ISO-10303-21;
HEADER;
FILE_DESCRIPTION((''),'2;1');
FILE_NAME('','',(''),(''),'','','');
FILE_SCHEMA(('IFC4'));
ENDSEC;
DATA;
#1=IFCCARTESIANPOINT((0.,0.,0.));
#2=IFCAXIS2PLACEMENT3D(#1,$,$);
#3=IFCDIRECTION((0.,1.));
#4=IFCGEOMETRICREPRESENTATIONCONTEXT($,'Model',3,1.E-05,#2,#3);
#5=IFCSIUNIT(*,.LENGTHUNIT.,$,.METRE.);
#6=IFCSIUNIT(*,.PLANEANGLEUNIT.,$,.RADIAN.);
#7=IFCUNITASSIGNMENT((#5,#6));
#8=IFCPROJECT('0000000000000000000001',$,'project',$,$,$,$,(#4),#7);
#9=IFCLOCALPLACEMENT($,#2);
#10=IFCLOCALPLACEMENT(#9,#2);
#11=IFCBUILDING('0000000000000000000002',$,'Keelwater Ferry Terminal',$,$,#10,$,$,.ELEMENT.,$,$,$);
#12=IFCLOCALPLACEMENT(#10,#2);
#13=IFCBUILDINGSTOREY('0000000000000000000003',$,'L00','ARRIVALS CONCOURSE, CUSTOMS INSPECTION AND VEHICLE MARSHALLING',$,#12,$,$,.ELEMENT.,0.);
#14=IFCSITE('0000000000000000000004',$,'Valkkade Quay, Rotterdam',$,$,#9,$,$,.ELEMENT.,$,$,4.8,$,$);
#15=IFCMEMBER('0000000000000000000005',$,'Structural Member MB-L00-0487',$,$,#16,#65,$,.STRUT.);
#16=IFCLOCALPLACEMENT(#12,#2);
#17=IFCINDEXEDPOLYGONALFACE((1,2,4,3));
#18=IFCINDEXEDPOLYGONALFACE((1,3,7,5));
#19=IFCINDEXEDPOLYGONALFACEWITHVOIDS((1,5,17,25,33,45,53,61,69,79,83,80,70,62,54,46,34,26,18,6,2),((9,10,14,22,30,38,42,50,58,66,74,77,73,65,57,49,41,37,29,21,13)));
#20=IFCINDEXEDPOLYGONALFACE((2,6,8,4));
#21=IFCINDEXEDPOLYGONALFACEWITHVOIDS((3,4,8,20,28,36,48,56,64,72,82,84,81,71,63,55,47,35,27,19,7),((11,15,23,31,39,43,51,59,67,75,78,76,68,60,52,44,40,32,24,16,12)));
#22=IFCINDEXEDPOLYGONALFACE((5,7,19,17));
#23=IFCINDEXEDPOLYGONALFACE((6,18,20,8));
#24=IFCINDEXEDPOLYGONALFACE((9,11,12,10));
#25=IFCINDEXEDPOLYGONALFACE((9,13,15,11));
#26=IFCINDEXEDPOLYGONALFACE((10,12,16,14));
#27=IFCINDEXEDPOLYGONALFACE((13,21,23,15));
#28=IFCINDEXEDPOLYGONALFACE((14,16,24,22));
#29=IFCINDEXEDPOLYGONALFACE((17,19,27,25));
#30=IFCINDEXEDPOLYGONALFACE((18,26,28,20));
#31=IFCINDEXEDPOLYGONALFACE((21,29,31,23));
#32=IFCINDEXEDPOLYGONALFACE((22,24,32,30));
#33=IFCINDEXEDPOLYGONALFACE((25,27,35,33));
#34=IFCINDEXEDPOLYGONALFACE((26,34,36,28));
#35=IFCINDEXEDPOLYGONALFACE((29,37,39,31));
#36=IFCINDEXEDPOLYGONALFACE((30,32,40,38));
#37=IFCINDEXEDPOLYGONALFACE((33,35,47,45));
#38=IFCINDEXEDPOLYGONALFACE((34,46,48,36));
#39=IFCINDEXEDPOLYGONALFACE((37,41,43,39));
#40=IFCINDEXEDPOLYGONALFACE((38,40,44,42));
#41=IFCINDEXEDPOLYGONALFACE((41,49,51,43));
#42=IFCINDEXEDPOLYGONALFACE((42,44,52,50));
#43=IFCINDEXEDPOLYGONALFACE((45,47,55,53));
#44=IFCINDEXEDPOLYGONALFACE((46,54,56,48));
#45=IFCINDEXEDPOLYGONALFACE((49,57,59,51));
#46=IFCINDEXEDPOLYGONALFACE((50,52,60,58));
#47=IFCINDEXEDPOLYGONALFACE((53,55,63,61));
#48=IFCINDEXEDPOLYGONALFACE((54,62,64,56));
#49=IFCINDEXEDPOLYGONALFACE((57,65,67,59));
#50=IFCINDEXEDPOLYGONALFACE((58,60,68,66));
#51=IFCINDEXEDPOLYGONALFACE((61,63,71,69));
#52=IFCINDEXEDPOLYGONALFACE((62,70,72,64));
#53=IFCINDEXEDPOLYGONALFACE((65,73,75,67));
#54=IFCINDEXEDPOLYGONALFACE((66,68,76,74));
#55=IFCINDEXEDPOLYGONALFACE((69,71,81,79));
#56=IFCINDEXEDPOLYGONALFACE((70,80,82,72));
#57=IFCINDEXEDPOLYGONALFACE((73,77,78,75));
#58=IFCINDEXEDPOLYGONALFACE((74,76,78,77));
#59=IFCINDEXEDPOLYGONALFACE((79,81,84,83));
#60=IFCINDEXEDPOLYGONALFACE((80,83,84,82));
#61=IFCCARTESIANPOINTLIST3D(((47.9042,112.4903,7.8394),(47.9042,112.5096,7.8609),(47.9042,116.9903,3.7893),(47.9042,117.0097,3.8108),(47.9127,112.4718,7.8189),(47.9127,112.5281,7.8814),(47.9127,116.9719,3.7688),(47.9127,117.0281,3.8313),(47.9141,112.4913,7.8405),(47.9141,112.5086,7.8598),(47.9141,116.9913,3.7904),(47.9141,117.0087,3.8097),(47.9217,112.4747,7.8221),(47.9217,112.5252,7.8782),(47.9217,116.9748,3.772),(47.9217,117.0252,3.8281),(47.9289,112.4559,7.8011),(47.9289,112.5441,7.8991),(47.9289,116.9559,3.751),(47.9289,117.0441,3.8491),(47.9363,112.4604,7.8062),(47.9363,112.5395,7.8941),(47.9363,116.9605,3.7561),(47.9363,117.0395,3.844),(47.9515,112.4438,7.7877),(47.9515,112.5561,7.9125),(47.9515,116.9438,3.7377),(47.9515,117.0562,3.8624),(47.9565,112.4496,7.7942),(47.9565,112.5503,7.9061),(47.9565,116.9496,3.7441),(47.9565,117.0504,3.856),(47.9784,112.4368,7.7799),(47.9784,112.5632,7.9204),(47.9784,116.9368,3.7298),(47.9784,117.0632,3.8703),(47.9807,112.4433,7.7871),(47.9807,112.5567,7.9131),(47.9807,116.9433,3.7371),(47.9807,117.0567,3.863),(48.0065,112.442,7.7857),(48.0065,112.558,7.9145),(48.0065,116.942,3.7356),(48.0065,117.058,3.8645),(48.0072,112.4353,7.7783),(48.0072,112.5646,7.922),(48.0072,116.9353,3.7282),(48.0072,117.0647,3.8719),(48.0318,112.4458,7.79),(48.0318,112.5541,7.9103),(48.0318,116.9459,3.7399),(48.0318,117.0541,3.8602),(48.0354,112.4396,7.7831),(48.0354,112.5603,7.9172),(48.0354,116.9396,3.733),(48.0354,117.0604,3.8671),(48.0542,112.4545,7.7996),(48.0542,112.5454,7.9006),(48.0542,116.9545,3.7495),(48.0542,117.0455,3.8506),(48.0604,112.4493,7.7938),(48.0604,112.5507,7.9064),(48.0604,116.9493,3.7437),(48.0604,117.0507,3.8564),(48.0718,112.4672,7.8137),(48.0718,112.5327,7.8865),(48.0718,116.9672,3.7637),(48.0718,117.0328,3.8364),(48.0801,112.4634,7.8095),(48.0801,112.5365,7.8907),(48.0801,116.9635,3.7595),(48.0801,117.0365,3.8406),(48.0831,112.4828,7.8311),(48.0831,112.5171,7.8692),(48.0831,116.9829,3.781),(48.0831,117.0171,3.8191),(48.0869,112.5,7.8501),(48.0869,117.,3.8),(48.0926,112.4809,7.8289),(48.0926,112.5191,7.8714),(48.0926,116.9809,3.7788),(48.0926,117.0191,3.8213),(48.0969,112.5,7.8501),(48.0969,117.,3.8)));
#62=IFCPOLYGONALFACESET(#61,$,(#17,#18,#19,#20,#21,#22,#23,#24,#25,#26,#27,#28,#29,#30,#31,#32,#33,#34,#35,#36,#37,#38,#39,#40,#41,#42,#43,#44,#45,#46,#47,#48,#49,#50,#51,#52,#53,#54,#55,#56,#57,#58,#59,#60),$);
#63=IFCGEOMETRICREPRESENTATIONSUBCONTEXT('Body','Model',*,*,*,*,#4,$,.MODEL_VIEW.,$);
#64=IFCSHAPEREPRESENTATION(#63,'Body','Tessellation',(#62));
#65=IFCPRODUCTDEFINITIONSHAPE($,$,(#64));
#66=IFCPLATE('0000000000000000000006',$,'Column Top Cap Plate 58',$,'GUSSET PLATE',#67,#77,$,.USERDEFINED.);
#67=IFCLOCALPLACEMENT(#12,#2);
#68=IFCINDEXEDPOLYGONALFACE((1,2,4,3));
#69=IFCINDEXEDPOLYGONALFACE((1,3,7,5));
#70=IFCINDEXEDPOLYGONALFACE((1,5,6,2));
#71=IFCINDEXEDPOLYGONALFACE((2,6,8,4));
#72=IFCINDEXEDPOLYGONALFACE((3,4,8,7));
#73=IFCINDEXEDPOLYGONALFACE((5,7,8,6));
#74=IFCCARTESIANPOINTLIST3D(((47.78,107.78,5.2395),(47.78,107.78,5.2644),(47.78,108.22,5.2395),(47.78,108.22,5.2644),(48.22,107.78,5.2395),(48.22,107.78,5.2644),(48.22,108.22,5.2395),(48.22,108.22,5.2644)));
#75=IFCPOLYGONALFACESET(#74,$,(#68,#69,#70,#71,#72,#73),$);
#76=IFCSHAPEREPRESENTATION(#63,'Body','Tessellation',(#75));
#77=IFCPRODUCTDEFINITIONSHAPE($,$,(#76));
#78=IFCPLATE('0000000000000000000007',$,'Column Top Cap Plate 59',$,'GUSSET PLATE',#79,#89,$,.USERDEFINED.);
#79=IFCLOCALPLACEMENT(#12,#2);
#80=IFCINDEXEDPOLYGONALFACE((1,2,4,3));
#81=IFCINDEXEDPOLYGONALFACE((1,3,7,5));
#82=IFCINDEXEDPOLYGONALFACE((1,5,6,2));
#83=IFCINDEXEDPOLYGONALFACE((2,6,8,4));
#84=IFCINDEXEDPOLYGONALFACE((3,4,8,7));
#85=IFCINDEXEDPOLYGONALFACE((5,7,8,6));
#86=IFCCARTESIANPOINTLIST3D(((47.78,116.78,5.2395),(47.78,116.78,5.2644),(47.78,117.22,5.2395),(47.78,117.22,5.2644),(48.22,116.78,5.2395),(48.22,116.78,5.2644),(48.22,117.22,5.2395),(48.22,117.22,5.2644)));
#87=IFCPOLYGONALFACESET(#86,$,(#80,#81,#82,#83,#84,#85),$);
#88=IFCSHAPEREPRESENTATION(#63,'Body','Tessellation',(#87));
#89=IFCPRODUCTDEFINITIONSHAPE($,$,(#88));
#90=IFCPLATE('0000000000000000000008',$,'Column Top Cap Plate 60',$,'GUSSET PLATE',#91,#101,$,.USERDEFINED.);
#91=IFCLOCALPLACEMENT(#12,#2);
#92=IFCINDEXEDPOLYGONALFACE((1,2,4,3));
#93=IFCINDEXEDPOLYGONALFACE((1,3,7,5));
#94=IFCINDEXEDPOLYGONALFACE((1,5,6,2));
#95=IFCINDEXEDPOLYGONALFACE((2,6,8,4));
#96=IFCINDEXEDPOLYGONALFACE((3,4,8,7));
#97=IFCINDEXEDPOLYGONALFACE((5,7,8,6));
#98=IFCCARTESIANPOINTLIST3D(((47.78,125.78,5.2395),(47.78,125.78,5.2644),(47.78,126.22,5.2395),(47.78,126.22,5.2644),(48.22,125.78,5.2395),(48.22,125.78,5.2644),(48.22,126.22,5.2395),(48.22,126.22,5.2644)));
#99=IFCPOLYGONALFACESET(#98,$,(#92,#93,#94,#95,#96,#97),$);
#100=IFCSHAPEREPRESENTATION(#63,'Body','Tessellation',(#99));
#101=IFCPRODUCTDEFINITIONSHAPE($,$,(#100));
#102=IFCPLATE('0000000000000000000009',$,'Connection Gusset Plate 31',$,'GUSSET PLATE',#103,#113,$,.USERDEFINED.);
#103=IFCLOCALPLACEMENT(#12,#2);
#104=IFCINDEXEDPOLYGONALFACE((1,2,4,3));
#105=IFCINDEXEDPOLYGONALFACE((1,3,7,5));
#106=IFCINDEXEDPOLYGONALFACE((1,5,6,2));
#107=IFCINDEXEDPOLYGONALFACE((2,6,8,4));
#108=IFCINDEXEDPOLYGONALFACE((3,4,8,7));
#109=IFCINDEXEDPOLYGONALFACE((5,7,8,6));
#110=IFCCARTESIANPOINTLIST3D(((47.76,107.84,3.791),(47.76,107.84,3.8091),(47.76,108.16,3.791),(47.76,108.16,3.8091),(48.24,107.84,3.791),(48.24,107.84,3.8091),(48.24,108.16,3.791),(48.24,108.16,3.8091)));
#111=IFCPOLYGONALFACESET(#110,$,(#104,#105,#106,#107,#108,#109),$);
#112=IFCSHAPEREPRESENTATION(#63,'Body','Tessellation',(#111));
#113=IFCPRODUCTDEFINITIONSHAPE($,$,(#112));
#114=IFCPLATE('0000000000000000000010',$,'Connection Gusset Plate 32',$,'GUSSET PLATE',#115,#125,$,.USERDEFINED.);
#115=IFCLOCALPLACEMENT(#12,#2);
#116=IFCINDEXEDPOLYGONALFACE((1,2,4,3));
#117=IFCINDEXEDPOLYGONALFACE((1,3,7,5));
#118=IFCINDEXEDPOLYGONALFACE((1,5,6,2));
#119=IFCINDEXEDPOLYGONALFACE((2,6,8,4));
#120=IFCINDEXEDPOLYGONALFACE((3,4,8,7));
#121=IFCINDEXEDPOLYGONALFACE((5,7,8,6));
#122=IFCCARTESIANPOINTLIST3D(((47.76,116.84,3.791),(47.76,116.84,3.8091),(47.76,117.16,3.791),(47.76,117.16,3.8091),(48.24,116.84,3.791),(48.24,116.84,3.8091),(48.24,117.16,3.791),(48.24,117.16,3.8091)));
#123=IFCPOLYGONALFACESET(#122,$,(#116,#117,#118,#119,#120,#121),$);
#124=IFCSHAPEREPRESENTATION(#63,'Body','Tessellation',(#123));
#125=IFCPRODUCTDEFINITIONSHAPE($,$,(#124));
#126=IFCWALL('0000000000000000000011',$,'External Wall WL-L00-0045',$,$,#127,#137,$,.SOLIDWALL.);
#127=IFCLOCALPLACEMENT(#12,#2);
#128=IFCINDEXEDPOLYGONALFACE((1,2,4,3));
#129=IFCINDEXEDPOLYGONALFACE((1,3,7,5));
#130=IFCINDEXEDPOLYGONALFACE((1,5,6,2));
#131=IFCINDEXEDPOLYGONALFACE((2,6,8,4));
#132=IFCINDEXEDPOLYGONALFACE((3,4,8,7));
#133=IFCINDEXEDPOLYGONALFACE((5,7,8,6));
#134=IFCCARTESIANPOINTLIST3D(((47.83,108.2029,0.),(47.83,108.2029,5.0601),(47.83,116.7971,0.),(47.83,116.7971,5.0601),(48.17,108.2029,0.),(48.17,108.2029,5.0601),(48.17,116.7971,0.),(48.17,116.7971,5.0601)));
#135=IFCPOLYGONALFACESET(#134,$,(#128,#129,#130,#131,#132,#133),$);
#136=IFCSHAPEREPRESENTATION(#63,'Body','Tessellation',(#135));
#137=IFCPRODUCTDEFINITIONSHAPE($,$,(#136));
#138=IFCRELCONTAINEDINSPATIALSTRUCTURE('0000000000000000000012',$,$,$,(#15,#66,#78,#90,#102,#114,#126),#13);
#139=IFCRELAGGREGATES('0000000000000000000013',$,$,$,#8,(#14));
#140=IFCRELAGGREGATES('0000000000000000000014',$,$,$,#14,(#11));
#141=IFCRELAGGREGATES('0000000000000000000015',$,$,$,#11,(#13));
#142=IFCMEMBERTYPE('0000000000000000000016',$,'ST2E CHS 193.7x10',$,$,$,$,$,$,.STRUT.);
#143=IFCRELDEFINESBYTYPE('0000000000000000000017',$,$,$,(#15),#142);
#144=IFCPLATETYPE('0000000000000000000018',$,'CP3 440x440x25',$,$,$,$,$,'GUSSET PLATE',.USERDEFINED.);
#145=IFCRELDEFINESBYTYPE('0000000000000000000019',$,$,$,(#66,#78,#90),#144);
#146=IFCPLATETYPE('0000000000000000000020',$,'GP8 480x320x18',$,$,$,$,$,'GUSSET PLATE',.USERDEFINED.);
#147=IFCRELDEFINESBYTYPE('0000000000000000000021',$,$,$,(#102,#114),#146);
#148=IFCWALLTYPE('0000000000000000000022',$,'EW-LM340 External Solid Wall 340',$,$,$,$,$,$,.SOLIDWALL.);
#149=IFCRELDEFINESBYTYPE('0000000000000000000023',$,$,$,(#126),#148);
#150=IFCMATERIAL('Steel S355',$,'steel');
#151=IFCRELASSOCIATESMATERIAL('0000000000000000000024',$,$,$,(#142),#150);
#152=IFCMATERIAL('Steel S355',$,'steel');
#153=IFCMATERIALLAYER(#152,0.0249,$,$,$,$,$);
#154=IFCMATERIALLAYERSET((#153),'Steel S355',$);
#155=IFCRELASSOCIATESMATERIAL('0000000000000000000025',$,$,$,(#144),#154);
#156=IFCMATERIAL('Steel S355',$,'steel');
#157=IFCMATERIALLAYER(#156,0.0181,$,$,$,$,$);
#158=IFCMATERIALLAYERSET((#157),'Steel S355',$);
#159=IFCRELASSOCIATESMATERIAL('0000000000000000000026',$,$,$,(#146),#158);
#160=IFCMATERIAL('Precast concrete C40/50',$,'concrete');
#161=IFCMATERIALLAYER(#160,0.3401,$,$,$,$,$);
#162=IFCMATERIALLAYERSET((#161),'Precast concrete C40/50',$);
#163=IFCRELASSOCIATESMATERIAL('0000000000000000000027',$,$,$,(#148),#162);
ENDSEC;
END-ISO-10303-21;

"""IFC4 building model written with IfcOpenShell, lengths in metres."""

from ifc_helpers import new_model, si_unit, direction, frame, frame_2d, origin, origin_2d, place, context, subcontext, project, spatial, rectangle, hollow_circle, extrude, material, layer, layer_set, material_profile, profile_set, type_object, element, save


model = new_model("IFC4")

# Units and contexts
model_context = context("Model", 3, precision=1e-05, world=origin(), true_north=direction((0.0, 1.0)))
body_context = subcontext(model_context, "Body", "Model", "MODEL_VIEW")
ifc_project = project(units=[si_unit("LENGTHUNIT", "METRE"), si_unit("PLANEANGLEUNIT", "RADIAN")], contexts=[model_context])

# Site, building, storey
site_placement = place(None, origin())
site = spatial("IfcSite", under=ifc_project, at=site_placement, Name="Valkkade Quay, Rotterdam", CompositionType="ELEMENT", RefElevation=4.8)
building_placement = place(site_placement, origin())
building = spatial("IfcBuilding", under=site, at=building_placement, Name="Keelwater Ferry Terminal", CompositionType="ELEMENT")
storey_placement = place(building_placement, origin())
storey = spatial("IfcBuildingStorey", under=building, at=storey_placement, Name="L00", Description="ARRIVALS CONCOURSE, CUSTOMS INSPECTION AND VEHICLE MARSHALLING", CompositionType="ELEMENT", Elevation=0.0)

# Member
ifc_material_1 = material(Name="Steel S355", Category="steel")
ifc_material_profile_1 = material_profile(ifc_material_1, hollow_circle(Radius=0.0969, WallThickness=0.01, at=origin_2d()), Name="CHS 193.7x10")
ifc_profile_set_1 = profile_set([ifc_material_profile_1], Name="Steel S355")
member_type_1 = type_object("IfcMemberType", Name="ST2E CHS 193.7x10", PredefinedType="STRUT", material=ifc_profile_set_1)
member_1_placement = place(storey_placement, frame((48.0, 117.0, 3.8), z_axis=(0.0, -0.74329, 0.668969), x_axis=(1.0, 0.0, 0.0)))
element("IfcMember", 1, at=member_1_placement, inside=storey, type_object=member_type_1, Name="Structural Member MB-L00-0487", PredefinedType="STRUT", context=body_context, shape_type="SweptSolid", body=[
    extrude(hollow_circle(Radius=0.0969, WallThickness=0.01, at=origin_2d()), origin(), (0.0, 0.0, 1.0), 6.0542),
])

# Plates
ifc_material_2 = material(Name="Steel S355", Category="steel")
ifc_layer_1 = layer(ifc_material_2, 0.0249)
ifc_layer_set_1 = layer_set([ifc_layer_1], Name="Steel S355")
plate_type_1 = type_object("IfcPlateType", Name="CP3 440x440x25", ElementType="GUSSET PLATE", PredefinedType="USERDEFINED", material=ifc_layer_set_1)
for number, where, z_axis, x_axis, name in (
    (2, (48.0, 108.0, 5.2395), (0.0, 0.0, 1.0), (1.0, 0.0, 0.0), "Column Top Cap Plate 58"),
    (3, (48.0, 117.0, 5.2395), (0.0, 0.0, 1.0), (1.0, 0.0, 0.0), "Column Top Cap Plate 59"),
    (4, (48.0, 126.0, 5.2395), (0.0, 0.0, 1.0), (1.0, 0.0, 0.0), "Column Top Cap Plate 60"),
):
    element("IfcPlate", number, at=place(storey_placement, frame(where, z_axis=z_axis, x_axis=x_axis)), inside=storey, type_object=plate_type_1, Name=name, ObjectType="GUSSET PLATE", PredefinedType="USERDEFINED", context=body_context, shape_type="SweptSolid", body=[
        extrude(rectangle(XDim=0.4399, YDim=0.4399, at=origin_2d()), origin(), (0.0, 0.0, 1.0), 0.0249),
    ])
ifc_material_3 = material(Name="Steel S355", Category="steel")
ifc_layer_2 = layer(ifc_material_3, 0.0181)
ifc_layer_set_2 = layer_set([ifc_layer_2], Name="Steel S355")
plate_type_2 = type_object("IfcPlateType", Name="GP8 480x320x18", ElementType="GUSSET PLATE", PredefinedType="USERDEFINED", material=ifc_layer_set_2)
for number, where, z_axis, x_axis, name in (
    (5, (48.0, 108.0, 3.791), (0.0, 0.0, 1.0), (1.0, 0.0, 0.0), "Connection Gusset Plate 31"),
    (6, (48.0, 117.0, 3.791), (0.0, 0.0, 1.0), (1.0, 0.0, 0.0), "Connection Gusset Plate 32"),
):
    element("IfcPlate", number, at=place(storey_placement, frame(where, z_axis=z_axis, x_axis=x_axis)), inside=storey, type_object=plate_type_2, Name=name, ObjectType="GUSSET PLATE", PredefinedType="USERDEFINED", context=body_context, shape_type="SweptSolid", body=[
        extrude(rectangle(XDim=0.48, YDim=0.3201, at=origin_2d()), origin(), (0.0, 0.0, 1.0), 0.0181),
    ])

# Wall
ifc_material_4 = material(Name="Precast concrete C40/50", Category="concrete")
ifc_layer_3 = layer(ifc_material_4, 0.3401)
ifc_layer_set_3 = layer_set([ifc_layer_3], Name="Precast concrete C40/50")
wall_type = type_object("IfcWallType", Name="EW-LM340 External Solid Wall 340", PredefinedType="SOLIDWALL", material=ifc_layer_set_3)
wall_placement = place(storey_placement, frame((48.0, 108.2029, 0.0), z_axis=(0.0, 0.0, 1.0), x_axis=(0.0, 1.0, 0.0)))
element("IfcWall", 7, at=wall_placement, inside=storey, type_object=wall_type, Name="External Wall WL-L00-0045", PredefinedType="SOLIDWALL", context=body_context, shape_type="SweptSolid", body=[
    extrude(rectangle(XDim=8.5942, YDim=0.3401, at=frame_2d((4.2971, 0.0))), origin(), (0.0, 0.0, 1.0), 5.0601),
])

save(model, "model.ifc")
